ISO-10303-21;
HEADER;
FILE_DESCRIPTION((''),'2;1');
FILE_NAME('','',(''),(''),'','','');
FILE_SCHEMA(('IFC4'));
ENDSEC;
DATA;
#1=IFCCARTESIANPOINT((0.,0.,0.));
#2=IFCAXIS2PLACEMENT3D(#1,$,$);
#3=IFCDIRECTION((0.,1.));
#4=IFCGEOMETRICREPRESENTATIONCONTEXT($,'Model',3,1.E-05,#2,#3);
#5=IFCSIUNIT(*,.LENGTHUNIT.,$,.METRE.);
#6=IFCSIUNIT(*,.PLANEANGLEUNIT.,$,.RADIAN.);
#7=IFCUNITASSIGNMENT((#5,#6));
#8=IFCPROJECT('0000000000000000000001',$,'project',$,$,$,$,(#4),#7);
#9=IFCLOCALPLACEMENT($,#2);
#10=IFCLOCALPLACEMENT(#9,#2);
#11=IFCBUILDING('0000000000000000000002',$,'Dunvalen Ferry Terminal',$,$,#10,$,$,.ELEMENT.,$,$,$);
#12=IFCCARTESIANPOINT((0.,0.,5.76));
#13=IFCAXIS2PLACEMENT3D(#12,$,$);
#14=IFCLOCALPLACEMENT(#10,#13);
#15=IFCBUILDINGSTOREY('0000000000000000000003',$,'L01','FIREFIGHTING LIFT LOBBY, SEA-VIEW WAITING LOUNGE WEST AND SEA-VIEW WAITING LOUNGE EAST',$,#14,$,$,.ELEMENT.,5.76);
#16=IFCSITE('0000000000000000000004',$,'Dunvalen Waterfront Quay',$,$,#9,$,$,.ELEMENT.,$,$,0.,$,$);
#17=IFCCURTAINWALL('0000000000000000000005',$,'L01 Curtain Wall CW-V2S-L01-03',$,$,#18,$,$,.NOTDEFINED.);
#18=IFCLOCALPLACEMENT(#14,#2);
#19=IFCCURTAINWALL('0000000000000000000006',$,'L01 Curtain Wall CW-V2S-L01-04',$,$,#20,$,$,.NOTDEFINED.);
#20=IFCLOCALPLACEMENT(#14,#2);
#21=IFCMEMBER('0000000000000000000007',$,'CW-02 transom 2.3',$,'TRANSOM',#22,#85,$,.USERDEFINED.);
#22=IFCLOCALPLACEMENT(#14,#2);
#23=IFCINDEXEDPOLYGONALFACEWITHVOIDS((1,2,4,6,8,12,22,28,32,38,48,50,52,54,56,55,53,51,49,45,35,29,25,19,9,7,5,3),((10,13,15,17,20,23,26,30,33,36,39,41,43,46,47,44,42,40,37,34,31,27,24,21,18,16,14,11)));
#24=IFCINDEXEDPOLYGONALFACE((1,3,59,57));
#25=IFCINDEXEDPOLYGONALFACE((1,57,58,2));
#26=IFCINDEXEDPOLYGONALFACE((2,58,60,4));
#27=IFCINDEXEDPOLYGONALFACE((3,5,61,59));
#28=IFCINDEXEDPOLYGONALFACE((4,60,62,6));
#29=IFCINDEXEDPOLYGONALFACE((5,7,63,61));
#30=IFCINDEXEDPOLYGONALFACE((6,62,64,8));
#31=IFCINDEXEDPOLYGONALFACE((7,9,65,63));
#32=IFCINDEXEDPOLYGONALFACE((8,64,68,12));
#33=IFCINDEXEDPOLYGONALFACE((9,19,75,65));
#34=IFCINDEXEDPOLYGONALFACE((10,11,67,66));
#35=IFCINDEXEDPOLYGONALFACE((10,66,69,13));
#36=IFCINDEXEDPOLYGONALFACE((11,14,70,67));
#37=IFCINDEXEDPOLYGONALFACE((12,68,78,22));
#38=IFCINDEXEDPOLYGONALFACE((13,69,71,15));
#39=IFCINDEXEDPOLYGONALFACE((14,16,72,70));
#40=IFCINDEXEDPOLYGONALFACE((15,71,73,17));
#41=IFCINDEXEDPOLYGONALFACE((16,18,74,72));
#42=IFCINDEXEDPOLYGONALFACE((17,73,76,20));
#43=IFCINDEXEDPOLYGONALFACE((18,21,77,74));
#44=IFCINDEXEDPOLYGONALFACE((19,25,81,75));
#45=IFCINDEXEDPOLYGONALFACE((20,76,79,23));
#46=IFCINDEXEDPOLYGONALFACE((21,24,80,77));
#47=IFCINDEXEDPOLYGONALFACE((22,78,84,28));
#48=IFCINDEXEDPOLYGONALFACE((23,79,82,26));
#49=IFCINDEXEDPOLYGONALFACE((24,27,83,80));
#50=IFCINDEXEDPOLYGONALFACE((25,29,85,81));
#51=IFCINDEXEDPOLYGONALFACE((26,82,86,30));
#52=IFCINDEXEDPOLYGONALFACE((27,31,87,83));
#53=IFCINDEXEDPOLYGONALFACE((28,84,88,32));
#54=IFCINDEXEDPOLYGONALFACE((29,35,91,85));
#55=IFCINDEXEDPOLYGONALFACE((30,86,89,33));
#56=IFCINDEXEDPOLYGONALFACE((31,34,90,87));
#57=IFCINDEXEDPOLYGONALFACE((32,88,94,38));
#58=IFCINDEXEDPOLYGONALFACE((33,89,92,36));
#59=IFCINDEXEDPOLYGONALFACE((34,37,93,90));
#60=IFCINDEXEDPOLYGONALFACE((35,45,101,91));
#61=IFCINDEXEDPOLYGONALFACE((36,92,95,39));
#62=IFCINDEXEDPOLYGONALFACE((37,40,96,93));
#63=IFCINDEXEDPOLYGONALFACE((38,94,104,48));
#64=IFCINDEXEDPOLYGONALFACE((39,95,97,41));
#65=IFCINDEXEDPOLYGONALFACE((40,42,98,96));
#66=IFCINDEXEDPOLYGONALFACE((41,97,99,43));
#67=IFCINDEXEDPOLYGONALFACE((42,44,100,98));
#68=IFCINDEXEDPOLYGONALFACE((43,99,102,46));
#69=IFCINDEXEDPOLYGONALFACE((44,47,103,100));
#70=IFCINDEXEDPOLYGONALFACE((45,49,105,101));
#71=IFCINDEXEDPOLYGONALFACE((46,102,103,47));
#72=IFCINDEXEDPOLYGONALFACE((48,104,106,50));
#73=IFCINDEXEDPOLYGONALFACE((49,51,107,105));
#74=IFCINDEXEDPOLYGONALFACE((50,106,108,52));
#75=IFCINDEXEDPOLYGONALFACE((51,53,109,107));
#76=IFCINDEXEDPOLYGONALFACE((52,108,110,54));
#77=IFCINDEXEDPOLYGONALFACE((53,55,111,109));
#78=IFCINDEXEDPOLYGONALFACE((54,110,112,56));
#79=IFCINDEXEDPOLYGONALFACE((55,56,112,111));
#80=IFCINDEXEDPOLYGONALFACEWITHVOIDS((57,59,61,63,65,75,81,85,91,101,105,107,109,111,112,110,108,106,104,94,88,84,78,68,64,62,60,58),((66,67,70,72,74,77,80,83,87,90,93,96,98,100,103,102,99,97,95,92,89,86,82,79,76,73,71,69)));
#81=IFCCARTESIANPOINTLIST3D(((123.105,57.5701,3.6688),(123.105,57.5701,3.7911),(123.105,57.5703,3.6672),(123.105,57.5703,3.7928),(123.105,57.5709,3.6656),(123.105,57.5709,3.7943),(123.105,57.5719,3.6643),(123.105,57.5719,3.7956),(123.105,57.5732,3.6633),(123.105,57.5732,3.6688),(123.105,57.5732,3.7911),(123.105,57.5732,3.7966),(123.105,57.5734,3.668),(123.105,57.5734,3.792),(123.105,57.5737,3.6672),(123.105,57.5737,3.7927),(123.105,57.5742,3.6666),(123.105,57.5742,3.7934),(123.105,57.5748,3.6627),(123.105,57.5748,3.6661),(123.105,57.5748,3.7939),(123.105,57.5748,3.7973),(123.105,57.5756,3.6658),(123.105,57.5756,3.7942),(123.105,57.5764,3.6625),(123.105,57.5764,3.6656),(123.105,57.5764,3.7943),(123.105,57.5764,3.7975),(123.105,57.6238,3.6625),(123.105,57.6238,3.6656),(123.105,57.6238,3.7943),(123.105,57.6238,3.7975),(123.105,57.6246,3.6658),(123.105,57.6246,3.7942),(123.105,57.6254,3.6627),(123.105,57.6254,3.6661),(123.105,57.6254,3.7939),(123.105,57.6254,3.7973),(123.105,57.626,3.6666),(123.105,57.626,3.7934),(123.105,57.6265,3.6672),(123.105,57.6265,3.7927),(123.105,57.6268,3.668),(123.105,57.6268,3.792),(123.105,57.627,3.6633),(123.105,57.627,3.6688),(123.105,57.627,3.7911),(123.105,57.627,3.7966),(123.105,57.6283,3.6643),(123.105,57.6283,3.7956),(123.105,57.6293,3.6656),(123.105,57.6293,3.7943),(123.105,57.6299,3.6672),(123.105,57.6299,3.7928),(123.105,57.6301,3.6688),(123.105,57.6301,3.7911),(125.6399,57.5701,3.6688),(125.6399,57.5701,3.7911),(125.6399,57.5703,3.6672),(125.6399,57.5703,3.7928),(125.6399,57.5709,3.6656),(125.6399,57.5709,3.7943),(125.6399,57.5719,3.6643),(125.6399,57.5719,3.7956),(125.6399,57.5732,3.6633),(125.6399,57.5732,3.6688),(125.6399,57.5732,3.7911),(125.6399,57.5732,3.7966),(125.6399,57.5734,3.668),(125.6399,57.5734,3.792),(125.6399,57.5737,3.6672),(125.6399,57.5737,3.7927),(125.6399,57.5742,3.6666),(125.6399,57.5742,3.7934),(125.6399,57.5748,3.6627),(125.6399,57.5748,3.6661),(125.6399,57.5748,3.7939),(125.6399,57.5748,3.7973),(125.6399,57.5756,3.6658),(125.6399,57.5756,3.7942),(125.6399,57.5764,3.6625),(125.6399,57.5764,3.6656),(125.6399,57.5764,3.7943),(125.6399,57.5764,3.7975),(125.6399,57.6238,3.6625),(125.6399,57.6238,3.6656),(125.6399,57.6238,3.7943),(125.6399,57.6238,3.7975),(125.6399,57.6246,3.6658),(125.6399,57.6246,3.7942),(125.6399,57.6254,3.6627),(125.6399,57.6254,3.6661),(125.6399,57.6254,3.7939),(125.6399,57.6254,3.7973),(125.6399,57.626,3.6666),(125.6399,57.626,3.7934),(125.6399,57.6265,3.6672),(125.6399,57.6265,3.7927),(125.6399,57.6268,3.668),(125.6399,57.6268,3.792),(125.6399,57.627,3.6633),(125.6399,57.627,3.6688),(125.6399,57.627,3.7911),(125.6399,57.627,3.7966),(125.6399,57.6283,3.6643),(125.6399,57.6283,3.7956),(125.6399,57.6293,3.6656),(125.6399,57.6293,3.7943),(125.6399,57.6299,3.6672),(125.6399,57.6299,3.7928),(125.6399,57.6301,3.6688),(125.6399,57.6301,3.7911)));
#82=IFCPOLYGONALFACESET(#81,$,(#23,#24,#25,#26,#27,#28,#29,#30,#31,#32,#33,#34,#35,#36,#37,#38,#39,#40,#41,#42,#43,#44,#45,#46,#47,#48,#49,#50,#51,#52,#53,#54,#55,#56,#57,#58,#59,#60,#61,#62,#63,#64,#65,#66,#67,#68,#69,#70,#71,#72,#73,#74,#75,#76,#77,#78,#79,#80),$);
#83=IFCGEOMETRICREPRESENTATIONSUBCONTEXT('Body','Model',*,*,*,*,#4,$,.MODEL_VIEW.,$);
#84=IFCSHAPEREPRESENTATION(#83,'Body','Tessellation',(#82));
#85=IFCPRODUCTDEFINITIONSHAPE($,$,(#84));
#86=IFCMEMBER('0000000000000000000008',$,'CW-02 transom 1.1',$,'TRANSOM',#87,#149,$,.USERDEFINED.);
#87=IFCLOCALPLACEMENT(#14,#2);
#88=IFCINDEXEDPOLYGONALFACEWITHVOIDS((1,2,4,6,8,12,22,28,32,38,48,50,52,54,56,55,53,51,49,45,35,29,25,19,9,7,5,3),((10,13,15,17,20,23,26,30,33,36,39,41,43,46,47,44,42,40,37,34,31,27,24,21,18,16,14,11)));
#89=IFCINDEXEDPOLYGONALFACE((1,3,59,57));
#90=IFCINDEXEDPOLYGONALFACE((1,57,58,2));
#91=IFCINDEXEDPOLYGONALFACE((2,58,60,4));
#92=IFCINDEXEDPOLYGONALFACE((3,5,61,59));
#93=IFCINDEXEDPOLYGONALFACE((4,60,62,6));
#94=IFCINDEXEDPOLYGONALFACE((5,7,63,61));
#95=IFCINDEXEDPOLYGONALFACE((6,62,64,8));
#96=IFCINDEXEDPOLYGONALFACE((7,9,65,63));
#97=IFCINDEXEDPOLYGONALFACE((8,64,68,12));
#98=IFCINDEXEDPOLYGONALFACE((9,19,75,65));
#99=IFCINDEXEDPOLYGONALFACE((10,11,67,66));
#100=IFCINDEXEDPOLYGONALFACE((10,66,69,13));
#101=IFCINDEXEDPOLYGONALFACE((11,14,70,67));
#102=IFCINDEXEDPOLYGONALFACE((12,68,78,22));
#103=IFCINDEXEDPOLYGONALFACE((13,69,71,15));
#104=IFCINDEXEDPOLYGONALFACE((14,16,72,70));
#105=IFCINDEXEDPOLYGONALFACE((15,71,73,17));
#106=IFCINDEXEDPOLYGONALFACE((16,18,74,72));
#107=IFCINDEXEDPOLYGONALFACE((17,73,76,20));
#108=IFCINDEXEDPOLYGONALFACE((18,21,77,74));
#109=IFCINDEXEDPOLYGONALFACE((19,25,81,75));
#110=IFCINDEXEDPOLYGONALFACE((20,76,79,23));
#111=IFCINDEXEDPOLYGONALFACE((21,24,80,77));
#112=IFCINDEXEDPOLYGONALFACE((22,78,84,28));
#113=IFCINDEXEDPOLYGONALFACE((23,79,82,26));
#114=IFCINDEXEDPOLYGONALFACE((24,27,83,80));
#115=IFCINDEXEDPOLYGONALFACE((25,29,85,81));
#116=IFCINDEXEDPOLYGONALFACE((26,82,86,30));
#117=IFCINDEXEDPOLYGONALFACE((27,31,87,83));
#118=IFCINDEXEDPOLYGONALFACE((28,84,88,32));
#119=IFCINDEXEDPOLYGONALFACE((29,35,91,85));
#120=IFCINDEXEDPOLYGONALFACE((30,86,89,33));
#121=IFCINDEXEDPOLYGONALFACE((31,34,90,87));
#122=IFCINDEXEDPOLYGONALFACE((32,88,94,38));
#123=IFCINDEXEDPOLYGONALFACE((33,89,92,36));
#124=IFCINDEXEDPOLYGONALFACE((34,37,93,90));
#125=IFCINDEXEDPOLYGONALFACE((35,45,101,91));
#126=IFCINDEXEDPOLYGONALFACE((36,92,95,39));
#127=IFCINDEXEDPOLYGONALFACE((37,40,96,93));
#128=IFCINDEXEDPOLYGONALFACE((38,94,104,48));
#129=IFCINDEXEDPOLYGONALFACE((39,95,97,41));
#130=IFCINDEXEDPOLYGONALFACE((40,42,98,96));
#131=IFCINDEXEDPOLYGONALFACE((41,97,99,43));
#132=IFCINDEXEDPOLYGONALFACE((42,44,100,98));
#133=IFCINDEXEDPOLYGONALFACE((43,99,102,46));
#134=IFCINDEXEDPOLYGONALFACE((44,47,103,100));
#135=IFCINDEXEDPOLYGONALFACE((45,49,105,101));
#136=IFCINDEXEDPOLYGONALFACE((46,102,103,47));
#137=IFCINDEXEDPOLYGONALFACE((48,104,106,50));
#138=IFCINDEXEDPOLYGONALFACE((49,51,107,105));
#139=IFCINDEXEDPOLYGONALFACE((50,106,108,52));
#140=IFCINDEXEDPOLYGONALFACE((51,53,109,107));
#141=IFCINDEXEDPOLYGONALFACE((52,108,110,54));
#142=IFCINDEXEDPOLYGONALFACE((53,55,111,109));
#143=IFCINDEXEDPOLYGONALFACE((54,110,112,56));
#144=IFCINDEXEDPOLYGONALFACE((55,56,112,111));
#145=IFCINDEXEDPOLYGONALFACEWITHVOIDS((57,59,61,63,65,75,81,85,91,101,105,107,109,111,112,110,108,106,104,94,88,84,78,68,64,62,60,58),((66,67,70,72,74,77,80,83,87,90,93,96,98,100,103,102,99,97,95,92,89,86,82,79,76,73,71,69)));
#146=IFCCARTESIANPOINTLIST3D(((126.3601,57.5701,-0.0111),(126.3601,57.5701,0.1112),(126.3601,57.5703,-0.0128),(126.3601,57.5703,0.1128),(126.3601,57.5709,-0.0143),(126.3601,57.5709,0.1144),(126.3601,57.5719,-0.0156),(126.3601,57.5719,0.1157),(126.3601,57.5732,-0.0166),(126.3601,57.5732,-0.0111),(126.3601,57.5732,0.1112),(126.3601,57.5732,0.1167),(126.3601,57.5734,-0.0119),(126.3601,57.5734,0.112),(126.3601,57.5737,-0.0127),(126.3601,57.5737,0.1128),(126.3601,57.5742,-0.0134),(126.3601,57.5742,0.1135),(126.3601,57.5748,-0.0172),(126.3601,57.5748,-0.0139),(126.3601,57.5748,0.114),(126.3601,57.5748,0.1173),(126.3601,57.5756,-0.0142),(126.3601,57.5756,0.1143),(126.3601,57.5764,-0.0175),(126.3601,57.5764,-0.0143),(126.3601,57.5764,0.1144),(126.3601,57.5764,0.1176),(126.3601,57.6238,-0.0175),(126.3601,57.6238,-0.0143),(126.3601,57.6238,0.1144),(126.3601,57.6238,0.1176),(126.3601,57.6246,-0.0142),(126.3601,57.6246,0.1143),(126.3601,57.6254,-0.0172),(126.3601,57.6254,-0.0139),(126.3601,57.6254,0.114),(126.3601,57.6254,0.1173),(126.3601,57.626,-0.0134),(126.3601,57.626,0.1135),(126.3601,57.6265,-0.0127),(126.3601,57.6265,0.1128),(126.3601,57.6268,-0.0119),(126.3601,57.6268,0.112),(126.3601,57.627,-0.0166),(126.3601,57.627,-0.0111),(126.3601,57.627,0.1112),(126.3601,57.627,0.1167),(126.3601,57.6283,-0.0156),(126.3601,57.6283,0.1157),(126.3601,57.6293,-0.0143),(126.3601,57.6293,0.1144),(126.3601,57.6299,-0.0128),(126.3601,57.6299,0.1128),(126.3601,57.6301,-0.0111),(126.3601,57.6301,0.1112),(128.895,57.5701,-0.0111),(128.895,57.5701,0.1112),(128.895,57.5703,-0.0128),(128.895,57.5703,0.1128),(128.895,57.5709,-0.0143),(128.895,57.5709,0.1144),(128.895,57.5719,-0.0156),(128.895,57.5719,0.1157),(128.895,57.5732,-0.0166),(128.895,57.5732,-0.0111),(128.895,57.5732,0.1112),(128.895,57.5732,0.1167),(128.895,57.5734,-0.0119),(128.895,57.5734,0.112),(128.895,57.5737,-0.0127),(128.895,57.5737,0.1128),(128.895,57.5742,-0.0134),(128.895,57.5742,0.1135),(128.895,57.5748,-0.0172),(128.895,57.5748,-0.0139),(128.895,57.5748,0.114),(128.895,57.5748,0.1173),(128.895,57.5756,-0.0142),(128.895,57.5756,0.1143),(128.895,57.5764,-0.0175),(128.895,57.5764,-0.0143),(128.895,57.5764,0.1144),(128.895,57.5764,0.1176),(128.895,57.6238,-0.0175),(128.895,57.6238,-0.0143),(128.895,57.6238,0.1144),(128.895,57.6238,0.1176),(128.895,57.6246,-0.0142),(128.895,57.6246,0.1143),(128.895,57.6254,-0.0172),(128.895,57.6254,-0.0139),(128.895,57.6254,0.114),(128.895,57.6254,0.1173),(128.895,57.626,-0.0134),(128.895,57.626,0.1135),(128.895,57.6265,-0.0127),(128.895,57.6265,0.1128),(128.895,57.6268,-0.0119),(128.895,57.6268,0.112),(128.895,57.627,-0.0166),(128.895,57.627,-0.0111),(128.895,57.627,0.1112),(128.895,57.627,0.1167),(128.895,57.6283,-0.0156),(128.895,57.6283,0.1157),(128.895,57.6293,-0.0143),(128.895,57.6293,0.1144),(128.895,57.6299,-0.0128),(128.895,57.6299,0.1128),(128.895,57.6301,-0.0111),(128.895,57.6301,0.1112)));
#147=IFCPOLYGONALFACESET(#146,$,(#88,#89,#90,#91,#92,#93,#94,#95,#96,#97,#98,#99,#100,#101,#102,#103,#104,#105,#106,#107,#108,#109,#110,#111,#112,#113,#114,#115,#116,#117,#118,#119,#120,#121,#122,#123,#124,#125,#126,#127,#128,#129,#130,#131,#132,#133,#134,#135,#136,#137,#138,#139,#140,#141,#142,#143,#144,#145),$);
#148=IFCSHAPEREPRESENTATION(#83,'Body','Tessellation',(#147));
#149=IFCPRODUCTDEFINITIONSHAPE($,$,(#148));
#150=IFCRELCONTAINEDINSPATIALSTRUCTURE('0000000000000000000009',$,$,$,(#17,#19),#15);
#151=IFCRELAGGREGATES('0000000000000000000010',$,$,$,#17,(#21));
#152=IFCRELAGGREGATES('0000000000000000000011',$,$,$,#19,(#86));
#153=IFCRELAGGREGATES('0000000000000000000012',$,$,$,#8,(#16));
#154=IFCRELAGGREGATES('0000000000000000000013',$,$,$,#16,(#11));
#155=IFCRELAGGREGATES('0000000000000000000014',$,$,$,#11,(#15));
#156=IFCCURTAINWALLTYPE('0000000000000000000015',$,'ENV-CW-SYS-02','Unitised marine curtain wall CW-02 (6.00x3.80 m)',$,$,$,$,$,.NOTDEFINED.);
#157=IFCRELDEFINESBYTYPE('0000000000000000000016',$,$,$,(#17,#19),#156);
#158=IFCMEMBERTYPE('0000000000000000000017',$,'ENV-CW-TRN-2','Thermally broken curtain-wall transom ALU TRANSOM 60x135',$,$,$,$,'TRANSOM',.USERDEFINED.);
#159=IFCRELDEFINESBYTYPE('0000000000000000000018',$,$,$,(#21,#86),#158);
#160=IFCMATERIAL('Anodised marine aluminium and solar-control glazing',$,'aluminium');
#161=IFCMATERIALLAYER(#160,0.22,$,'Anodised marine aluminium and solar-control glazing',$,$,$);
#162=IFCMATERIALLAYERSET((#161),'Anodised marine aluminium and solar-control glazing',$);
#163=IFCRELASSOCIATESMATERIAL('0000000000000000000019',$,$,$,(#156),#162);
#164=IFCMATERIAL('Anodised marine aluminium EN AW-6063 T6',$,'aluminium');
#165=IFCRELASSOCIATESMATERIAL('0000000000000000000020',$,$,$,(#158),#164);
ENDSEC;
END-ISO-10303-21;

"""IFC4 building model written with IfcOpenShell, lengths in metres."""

from ifc_helpers import new_model, si_unit, direction, frame, origin, origin_2d, place, context, subcontext, project, spatial, hollow_rectangle, extrude, material, layer, layer_set, material_profile, profile_set, type_object, element, aggregate, save


model = new_model("IFC4")

# Units and contexts
model_context = context("Model", 3, precision=1e-05, world=origin(), true_north=direction((0.0, 1.0)))
body_context = subcontext(model_context, "Body", "Model", "MODEL_VIEW")
ifc_project = project(units=[si_unit("LENGTHUNIT", "METRE"), si_unit("PLANEANGLEUNIT", "RADIAN")], contexts=[model_context])

# Site, building, storey
site_placement = place(None, origin())
site = spatial("IfcSite", under=ifc_project, at=site_placement, Name="Dunvalen Waterfront Quay", CompositionType="ELEMENT", RefElevation=0.0)
building_placement = place(site_placement, origin())
building = spatial("IfcBuilding", under=site, at=building_placement, Name="Dunvalen Ferry Terminal", CompositionType="ELEMENT")
storey_placement = place(building_placement, frame((0.0, 0.0, 5.76)))
storey = spatial("IfcBuildingStorey", under=building, at=storey_placement, Name="L01", Description="FIREFIGHTING LIFT LOBBY, SEA-VIEW WAITING LOUNGE WEST AND SEA-VIEW WAITING LOUNGE EAST", CompositionType="ELEMENT", Elevation=5.76)

# Curtain wall
ifc_material_1 = material(Name="Anodised marine aluminium and solar-control glazing", Category="aluminium")
ifc_layer_1 = layer(ifc_material_1, 0.22, Name="Anodised marine aluminium and solar-control glazing")
ifc_layer_set_1 = layer_set([ifc_layer_1], Name="Anodised marine aluminium and solar-control glazing")
curtain_wall_type = type_object("IfcCurtainWallType", Name="ENV-CW-SYS-02", Description="Unitised marine curtain wall CW-02 (6.00x3.80 m)", PredefinedType="NOTDEFINED", material=ifc_layer_set_1)
curtain_wall_1_placement = place(storey_placement, origin())
curtain_wall_1 = element("IfcCurtainWall", 1, at=curtain_wall_1_placement, inside=storey, type_object=curtain_wall_type, Name="L01 Curtain Wall CW-V2S-L01-03", PredefinedType="NOTDEFINED")
ifc_material_2 = material(Name="Anodised marine aluminium EN AW-6063 T6", Category="aluminium")

# Curtain wall
curtain_wall_2_placement = place(storey_placement, origin())
curtain_wall_2 = element("IfcCurtainWall", 2, at=curtain_wall_2_placement, inside=storey, type_object=curtain_wall_type, Name="L01 Curtain Wall CW-V2S-L01-04", PredefinedType="NOTDEFINED")

# Members
ifc_material_profile_1 = material_profile(ifc_material_2, hollow_rectangle(XDim=0.0601, YDim=0.135, WallThickness=0.0032, InnerFilletRadius=0.0032, OuterFilletRadius=0.0063, at=origin_2d()), Name="Anodised marine aluminium EN AW-6063 T6")
ifc_profile_set_1 = profile_set([ifc_material_profile_1], Name="Anodised marine aluminium EN AW-6063 T6")
member_type_1 = type_object("IfcMemberType", Name="ENV-CW-TRN-2", Description="Thermally broken curtain-wall transom ALU TRANSOM 60x135", ElementType="TRANSOM", PredefinedType="USERDEFINED", material=ifc_profile_set_1)
member_1_placement = place(storey_placement, frame((123.105, 57.6001, 3.73), z_axis=(1.0, 0.0, 0.0), x_axis=(0.0, 1.0, 0.0)))
member_1 = element("IfcMember", 3, at=member_1_placement, type_object=member_type_1, Name="CW-02 transom 2.3", ObjectType="TRANSOM", PredefinedType="USERDEFINED", context=body_context, shape_type="SweptSolid", body=[
    extrude(hollow_rectangle(XDim=0.0601, YDim=0.135, WallThickness=0.0032, InnerFilletRadius=0.0032, OuterFilletRadius=0.0063, at=origin_2d()), origin(), (0.0, 0.0, 1.0), 2.5349),
])
member_2_placement = place(storey_placement, frame((126.3601, 57.6001, 0.05), z_axis=(1.0, 0.0, 0.0), x_axis=(0.0, 1.0, 0.0)))
member_2 = element("IfcMember", 4, at=member_2_placement, type_object=member_type_1, Name="CW-02 transom 1.1", ObjectType="TRANSOM", PredefinedType="USERDEFINED", context=body_context, shape_type="SweptSolid", body=[
    extrude(hollow_rectangle(XDim=0.0601, YDim=0.135, WallThickness=0.0032, InnerFilletRadius=0.0032, OuterFilletRadius=0.0063, at=origin_2d()), origin(), (0.0, 0.0, 1.0), 2.5349),
])

aggregate(curtain_wall_1, [member_1])
aggregate(curtain_wall_2, [member_2])

save(model, "model.ifc")
